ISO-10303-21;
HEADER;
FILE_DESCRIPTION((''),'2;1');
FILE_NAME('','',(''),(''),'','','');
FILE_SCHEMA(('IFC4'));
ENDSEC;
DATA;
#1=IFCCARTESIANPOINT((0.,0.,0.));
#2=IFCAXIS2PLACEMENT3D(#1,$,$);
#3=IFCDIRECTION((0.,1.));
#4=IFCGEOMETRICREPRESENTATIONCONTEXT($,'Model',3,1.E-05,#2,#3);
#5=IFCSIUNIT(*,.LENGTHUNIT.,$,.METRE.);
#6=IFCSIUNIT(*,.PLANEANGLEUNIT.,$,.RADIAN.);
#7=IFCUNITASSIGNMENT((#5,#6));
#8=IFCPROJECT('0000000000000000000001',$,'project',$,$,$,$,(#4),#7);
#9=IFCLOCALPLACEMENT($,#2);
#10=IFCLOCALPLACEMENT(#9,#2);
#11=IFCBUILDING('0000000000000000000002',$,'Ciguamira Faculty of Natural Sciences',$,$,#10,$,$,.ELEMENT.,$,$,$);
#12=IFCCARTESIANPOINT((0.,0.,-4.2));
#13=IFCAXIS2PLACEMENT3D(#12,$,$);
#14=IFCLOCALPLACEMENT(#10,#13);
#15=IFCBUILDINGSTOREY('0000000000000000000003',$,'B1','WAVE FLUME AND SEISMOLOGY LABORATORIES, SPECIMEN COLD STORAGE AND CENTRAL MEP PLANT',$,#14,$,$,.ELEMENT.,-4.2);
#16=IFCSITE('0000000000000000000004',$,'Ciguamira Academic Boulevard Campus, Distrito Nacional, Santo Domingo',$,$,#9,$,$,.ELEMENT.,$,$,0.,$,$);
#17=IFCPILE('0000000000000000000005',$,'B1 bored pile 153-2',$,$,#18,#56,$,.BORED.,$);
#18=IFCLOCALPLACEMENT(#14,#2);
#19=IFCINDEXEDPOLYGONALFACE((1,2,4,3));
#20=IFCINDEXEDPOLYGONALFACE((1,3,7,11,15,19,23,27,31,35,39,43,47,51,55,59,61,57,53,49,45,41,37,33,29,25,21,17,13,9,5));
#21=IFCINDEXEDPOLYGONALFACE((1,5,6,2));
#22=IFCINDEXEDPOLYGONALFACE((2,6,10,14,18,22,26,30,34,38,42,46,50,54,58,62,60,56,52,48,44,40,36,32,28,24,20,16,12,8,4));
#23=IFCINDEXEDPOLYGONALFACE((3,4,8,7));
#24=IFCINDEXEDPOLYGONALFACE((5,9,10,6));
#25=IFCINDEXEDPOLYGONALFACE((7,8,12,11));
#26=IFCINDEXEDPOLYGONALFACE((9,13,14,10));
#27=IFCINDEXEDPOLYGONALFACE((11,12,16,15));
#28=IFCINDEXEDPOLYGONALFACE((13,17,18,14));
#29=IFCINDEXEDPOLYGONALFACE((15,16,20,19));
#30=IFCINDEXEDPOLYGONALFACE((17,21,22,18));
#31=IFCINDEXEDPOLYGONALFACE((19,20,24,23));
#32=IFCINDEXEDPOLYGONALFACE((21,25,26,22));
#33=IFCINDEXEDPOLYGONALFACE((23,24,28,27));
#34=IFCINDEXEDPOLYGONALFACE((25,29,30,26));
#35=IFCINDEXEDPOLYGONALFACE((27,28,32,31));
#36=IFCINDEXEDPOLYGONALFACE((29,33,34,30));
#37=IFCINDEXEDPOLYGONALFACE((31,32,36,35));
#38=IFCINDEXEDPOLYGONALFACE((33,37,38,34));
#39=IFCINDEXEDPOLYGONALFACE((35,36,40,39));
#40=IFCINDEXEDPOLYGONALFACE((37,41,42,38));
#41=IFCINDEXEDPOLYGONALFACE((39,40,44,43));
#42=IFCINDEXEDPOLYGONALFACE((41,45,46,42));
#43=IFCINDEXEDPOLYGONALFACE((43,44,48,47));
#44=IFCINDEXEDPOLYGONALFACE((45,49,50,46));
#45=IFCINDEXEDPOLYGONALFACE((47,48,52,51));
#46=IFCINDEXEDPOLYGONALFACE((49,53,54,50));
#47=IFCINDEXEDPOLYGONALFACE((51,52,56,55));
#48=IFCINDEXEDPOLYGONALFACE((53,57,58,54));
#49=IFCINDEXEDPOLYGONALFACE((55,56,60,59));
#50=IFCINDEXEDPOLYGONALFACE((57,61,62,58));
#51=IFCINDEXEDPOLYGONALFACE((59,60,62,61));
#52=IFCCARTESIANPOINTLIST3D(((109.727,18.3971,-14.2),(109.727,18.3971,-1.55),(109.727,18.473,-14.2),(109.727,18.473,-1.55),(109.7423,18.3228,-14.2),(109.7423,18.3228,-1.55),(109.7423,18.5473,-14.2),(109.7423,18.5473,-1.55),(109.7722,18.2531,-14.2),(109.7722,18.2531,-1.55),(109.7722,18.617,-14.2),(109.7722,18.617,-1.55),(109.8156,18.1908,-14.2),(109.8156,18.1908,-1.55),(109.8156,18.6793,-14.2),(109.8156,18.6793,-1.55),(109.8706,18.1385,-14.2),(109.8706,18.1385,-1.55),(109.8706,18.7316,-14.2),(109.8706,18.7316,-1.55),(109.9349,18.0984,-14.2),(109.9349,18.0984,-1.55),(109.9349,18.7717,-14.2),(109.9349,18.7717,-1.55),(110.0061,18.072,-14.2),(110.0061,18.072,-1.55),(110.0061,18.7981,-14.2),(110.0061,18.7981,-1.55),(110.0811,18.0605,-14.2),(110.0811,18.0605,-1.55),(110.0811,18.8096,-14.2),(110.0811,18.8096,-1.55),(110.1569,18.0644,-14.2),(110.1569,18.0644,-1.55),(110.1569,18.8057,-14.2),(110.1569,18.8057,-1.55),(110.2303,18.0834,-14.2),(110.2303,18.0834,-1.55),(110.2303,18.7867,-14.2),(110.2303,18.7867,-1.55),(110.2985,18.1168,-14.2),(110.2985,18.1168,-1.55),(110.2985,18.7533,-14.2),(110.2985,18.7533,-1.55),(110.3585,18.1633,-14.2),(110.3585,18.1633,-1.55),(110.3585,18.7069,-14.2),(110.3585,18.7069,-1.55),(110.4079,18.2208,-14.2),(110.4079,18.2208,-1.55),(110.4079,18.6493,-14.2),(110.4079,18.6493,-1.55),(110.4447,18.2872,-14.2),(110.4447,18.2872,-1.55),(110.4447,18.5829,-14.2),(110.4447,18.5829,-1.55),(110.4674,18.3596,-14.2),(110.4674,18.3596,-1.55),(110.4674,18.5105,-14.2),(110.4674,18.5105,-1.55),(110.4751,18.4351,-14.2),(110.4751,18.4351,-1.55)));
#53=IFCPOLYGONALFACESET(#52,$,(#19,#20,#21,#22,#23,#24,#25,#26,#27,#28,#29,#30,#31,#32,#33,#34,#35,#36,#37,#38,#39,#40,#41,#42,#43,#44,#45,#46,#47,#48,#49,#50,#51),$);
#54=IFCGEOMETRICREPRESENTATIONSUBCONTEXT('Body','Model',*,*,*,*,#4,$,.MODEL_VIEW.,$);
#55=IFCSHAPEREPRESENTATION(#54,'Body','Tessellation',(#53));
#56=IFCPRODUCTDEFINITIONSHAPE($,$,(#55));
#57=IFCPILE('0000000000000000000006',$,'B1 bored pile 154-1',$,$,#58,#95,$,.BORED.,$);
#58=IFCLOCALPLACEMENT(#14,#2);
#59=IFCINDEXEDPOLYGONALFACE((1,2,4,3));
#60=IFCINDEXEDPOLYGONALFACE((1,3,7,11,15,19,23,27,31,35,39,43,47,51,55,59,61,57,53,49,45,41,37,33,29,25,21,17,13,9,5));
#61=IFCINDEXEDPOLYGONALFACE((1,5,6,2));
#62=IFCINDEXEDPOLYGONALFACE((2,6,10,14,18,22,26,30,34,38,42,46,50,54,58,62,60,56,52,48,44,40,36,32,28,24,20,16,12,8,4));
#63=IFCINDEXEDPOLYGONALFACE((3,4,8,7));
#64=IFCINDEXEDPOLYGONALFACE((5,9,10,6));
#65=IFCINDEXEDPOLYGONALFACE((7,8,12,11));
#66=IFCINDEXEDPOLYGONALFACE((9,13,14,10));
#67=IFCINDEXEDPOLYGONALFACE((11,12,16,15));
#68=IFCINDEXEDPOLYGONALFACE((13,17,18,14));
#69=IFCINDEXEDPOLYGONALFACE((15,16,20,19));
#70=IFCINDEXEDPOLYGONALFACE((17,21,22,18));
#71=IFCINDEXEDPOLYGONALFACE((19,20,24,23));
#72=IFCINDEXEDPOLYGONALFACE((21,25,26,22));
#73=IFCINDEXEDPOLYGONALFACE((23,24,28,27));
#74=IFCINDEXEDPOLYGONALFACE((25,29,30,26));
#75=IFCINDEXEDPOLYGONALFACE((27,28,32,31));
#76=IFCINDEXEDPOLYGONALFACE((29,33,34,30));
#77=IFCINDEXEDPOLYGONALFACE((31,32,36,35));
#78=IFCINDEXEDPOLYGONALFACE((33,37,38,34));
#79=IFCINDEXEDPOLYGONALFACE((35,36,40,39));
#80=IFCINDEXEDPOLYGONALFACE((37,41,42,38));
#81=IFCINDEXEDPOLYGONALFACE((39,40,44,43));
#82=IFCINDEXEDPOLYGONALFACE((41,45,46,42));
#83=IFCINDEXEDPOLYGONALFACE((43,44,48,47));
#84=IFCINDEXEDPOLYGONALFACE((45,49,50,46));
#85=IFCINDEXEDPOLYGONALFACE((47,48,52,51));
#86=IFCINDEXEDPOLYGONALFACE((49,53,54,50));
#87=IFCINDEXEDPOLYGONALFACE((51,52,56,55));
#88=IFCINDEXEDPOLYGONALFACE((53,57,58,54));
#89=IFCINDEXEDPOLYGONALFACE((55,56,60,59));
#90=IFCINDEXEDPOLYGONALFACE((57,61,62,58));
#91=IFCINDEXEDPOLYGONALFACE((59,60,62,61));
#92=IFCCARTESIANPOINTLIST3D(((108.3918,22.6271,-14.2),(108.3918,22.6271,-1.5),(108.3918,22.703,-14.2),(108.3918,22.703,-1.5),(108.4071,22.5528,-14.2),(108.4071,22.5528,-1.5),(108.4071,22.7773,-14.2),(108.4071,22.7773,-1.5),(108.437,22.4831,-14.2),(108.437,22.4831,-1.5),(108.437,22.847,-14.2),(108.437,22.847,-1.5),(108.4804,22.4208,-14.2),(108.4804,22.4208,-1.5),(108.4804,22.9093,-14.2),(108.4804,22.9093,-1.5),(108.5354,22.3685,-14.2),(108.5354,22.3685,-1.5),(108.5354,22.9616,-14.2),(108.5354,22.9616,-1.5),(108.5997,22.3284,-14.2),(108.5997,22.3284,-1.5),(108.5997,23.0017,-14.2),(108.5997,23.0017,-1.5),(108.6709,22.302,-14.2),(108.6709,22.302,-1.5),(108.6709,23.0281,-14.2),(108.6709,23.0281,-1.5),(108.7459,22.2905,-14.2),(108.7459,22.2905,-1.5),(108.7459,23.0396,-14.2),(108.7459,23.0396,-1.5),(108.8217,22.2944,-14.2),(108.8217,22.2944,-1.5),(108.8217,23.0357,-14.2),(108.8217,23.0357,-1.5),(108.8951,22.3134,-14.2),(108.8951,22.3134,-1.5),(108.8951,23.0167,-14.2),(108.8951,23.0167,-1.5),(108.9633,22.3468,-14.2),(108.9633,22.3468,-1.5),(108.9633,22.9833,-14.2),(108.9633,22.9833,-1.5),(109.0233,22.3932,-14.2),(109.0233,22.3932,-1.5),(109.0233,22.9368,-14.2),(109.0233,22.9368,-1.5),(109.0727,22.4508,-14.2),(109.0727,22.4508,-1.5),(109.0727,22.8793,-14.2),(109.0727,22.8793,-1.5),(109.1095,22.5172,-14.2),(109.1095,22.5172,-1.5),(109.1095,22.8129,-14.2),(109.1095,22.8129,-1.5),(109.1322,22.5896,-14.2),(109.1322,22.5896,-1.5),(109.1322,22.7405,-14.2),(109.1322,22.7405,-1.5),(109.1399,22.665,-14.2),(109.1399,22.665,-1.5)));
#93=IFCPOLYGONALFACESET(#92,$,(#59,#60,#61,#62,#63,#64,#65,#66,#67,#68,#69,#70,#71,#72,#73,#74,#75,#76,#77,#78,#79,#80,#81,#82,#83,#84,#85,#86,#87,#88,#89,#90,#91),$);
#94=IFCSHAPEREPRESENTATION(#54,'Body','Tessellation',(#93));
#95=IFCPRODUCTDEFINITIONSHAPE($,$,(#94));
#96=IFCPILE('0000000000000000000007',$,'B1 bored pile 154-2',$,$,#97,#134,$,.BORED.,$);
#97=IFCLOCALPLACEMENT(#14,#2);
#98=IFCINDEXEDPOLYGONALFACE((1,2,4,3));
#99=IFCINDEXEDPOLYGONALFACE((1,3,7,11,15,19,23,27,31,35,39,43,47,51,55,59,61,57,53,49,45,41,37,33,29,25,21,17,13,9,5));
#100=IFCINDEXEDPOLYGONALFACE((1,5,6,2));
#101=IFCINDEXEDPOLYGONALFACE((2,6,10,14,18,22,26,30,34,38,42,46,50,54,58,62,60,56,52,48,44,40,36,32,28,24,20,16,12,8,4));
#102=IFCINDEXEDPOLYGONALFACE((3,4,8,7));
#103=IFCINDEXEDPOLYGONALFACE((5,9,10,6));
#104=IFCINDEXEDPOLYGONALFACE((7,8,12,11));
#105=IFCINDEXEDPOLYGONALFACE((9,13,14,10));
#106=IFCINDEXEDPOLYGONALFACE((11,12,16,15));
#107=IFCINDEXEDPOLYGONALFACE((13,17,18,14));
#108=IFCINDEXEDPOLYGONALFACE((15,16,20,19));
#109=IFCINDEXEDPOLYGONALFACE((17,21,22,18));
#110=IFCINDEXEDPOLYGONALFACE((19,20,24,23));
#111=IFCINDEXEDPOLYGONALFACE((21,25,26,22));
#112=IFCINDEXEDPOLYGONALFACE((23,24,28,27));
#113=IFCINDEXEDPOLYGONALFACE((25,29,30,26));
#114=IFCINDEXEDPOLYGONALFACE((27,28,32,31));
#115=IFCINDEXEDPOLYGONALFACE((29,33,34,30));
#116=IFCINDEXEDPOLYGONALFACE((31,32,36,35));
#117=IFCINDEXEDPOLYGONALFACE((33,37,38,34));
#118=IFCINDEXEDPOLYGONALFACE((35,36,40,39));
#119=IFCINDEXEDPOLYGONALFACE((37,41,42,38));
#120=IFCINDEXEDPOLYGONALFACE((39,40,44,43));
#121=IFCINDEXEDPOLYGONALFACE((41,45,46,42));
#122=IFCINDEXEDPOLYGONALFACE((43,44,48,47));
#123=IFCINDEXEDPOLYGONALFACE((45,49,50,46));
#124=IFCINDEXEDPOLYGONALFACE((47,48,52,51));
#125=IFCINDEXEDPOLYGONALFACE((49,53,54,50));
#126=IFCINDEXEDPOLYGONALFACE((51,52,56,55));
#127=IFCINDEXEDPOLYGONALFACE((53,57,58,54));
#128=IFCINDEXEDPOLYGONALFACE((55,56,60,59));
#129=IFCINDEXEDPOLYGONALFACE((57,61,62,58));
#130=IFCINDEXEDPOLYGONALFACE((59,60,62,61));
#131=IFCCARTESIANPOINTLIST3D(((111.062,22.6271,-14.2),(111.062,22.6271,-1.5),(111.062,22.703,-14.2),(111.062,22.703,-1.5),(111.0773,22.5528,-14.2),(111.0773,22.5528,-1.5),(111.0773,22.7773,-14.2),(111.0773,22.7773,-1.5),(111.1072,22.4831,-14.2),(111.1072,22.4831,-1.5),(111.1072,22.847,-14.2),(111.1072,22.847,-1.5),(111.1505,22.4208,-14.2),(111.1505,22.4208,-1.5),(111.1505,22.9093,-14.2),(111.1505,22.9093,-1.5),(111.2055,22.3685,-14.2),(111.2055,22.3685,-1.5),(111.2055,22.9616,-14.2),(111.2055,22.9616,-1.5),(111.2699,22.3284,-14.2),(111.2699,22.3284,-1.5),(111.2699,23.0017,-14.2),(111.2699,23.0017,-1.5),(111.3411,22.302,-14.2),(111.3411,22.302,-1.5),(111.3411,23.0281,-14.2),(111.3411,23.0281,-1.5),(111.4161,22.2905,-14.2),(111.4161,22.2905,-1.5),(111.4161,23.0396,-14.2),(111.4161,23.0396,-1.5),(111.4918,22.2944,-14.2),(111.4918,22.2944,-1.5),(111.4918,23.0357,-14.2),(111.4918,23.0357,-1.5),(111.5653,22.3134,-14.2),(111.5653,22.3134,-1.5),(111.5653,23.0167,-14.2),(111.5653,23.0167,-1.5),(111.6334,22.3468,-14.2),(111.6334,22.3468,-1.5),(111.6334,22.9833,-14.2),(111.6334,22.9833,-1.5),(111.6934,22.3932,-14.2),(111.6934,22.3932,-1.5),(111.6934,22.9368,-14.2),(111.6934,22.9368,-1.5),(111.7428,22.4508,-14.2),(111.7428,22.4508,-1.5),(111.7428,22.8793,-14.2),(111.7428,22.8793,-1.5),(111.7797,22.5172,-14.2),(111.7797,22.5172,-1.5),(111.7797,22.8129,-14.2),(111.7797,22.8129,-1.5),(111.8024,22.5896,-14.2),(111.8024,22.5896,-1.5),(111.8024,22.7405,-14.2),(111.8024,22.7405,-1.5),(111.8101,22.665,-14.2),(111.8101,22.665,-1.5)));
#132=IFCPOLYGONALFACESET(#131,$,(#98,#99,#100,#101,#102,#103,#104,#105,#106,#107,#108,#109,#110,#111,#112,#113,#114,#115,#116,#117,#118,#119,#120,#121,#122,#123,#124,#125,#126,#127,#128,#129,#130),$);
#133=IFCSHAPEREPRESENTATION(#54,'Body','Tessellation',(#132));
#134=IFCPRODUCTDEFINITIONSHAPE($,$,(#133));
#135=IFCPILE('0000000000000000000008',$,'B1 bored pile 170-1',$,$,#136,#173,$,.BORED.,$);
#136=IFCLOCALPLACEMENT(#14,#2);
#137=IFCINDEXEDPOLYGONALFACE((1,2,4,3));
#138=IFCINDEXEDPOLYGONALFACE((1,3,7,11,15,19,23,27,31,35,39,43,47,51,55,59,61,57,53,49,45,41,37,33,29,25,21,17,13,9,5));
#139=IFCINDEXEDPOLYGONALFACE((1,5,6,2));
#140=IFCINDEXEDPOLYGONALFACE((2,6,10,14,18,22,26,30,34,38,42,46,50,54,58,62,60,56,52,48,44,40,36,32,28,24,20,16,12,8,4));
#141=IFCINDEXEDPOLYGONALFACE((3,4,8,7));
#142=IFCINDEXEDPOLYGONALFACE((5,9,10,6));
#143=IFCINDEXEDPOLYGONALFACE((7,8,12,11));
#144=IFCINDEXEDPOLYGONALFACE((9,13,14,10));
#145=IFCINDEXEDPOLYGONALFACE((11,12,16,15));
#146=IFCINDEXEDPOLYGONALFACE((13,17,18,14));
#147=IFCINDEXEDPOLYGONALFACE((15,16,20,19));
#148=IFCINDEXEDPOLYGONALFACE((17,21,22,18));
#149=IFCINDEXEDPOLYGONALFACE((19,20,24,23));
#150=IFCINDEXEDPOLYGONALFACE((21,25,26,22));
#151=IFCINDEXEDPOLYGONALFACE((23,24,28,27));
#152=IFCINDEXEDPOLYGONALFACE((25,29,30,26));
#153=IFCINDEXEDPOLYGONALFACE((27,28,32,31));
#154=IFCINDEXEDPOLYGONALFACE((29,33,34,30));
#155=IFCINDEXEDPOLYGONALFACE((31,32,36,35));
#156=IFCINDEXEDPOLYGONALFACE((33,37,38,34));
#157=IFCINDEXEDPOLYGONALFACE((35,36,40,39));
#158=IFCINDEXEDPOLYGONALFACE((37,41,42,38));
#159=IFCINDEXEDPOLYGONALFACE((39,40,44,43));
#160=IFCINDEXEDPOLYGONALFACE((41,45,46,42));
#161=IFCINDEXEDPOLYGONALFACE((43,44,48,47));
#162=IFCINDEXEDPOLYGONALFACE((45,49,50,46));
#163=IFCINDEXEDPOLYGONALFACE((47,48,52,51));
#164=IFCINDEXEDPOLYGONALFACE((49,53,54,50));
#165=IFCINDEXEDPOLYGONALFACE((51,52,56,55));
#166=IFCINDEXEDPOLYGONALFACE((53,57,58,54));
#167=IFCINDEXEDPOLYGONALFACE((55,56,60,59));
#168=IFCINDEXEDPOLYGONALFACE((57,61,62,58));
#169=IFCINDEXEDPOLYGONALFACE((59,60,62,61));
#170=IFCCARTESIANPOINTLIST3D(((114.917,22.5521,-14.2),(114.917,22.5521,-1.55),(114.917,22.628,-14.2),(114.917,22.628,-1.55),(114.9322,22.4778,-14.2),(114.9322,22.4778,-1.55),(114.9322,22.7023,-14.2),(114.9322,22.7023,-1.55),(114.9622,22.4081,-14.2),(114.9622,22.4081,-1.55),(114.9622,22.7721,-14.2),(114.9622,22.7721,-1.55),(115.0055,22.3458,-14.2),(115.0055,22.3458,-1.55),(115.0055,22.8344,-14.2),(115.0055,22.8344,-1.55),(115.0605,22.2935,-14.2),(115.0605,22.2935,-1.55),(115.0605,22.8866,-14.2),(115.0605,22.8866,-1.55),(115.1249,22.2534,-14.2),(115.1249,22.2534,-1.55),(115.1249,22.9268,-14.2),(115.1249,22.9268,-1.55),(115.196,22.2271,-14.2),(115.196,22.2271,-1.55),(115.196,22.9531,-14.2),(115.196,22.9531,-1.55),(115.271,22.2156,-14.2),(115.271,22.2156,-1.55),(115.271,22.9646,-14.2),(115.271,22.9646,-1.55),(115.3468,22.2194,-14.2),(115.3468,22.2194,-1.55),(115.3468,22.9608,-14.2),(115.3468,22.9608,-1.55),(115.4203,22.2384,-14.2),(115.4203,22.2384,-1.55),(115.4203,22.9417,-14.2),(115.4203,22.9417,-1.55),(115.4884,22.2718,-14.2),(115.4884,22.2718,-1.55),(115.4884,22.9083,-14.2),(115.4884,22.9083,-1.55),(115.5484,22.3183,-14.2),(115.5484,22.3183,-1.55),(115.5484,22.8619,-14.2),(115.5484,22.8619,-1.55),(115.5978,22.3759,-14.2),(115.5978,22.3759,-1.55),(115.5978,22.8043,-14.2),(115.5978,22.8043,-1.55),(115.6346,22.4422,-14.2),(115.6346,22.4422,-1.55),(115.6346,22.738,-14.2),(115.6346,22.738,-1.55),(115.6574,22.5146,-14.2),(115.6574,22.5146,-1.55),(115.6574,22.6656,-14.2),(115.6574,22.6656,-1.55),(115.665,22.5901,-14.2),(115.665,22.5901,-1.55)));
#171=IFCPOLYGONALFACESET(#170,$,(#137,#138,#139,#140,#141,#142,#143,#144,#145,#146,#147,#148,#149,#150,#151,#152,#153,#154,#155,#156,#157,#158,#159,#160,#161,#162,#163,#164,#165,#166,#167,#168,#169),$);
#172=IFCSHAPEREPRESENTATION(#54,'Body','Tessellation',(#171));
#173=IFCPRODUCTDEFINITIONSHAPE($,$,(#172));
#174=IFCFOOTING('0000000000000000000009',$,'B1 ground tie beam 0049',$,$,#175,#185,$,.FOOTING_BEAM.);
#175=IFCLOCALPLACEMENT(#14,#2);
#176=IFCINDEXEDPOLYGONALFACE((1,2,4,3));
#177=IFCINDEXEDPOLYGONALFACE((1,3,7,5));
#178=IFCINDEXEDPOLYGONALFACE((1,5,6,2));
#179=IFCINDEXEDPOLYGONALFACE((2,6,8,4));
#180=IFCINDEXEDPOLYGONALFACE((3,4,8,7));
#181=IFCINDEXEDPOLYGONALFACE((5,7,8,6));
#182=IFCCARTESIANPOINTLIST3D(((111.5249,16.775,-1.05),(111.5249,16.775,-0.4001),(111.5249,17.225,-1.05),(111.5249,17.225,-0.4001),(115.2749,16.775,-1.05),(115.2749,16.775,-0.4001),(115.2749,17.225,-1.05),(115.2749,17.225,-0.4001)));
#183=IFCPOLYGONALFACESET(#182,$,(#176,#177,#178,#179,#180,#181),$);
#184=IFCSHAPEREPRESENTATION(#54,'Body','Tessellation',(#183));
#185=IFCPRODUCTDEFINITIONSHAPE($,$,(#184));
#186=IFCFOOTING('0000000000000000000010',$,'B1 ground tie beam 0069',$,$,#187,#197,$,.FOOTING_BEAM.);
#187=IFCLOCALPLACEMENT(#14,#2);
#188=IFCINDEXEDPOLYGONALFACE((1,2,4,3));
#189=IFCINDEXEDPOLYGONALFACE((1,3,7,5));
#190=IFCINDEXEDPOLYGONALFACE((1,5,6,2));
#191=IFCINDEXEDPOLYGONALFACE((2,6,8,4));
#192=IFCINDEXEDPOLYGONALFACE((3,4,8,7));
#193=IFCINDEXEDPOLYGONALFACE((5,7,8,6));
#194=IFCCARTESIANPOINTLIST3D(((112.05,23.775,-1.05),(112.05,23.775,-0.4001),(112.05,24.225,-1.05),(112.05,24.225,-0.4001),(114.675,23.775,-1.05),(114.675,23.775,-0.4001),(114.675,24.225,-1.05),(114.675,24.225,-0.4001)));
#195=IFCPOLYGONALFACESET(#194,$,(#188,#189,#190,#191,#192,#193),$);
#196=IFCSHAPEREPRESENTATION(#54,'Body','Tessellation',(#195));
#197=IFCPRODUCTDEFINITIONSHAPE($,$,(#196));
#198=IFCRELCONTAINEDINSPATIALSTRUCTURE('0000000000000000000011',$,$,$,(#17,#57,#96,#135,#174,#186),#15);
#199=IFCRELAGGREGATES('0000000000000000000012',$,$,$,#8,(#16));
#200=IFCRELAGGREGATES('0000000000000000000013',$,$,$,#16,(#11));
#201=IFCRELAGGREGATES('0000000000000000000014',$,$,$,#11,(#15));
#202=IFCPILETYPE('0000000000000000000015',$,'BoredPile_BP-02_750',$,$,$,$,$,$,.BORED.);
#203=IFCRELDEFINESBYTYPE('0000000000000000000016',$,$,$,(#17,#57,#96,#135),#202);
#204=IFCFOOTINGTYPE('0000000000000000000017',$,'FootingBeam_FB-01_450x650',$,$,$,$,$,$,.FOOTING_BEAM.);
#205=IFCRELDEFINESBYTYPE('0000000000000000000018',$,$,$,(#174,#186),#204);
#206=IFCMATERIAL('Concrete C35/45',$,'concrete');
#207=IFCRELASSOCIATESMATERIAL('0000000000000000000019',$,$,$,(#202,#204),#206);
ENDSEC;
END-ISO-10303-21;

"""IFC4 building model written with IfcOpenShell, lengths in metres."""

from ifc_helpers import new_model, si_unit, direction, frame, origin, origin_2d, place, context, subcontext, project, spatial, rectangle, circle, extrude, material, material_profile, profile_set, type_object, element, save


model = new_model("IFC4")

# Units and contexts
model_context = context("Model", 3, precision=1e-05, world=origin(), true_north=direction((0.0, 1.0)))
body_context = subcontext(model_context, "Body", "Model", "MODEL_VIEW")
ifc_project = project(units=[si_unit("LENGTHUNIT", "METRE"), si_unit("PLANEANGLEUNIT", "RADIAN")], contexts=[model_context])

# Site, building, storey
site_placement = place(None, origin())
site = spatial("IfcSite", under=ifc_project, at=site_placement, Name="Ciguamira Academic Boulevard Campus, Distrito Nacional, Santo Domingo", CompositionType="ELEMENT", RefElevation=0.0)
building_placement = place(site_placement, origin())
building = spatial("IfcBuilding", under=site, at=building_placement, Name="Ciguamira Faculty of Natural Sciences", CompositionType="ELEMENT")
storey_placement = place(building_placement, frame((0.0, 0.0, -4.2)))
storey = spatial("IfcBuildingStorey", under=building, at=storey_placement, Name="B1", Description="WAVE FLUME AND SEISMOLOGY LABORATORIES, SPECIMEN COLD STORAGE AND CENTRAL MEP PLANT", CompositionType="ELEMENT", Elevation=-4.2)

# Piles
ifc_material_1 = material(Name="Concrete C35/45", Category="concrete")
ifc_material_profile_1 = material_profile(ifc_material_1, circle(Radius=0.375, at=origin_2d()), Name="PILE-BORED-750")
ifc_profile_set_1 = profile_set([ifc_material_profile_1], Name="Concrete C35/45")
pile_type = type_object("IfcPileType", Name="BoredPile_BP-02_750", PredefinedType="BORED", material=ifc_profile_set_1)
pile_1_placement = place(storey_placement, frame((110.1001, 18.4351, -1.55), z_axis=(0.0, 0.0, -1.0), x_axis=(1.0, 0.0, 0.0)))
element("IfcPile", 1, at=pile_1_placement, inside=storey, type_object=pile_type, Name="B1 bored pile 153-2", PredefinedType="BORED", context=body_context, shape_type="SweptSolid", body=[
    extrude(circle(Radius=0.375, at=origin_2d()), origin(), (0.0, 0.0, 1.0), 12.6499),
])
for number, where, z_axis, x_axis, name in (
    (2, (108.7649, 22.665, -1.5), (0.0, 0.0, -1.0), (1.0, 0.0, 0.0), "B1 bored pile 154-1"),
    (3, (111.4351, 22.665, -1.5), (0.0, 0.0, -1.0), (1.0, 0.0, 0.0), "B1 bored pile 154-2"),
):
    element("IfcPile", number, at=place(storey_placement, frame(where, z_axis=z_axis, x_axis=x_axis)), inside=storey, type_object=pile_type, Name=name, PredefinedType="BORED", context=body_context, shape_type="SweptSolid", body=[
        extrude(circle(Radius=0.375, at=origin_2d()), origin(), (0.0, 0.0, 1.0), 12.7),
    ])
pile_2_placement = place(storey_placement, frame((115.29, 22.5901, -1.55), z_axis=(0.0, 0.0, -1.0), x_axis=(1.0, 0.0, 0.0)))
element("IfcPile", 4, at=pile_2_placement, inside=storey, type_object=pile_type, Name="B1 bored pile 170-1", PredefinedType="BORED", context=body_context, shape_type="SweptSolid", body=[
    extrude(circle(Radius=0.375, at=origin_2d()), origin(), (0.0, 0.0, 1.0), 12.6499),
])

# Footings
ifc_material_profile_2 = material_profile(ifc_material_1, rectangle(XDim=0.45, YDim=0.6499, at=origin_2d()), Name="RC-FB-450X650")
ifc_profile_set_2 = profile_set([ifc_material_profile_2], Name="Concrete C35/45")
footing_type_1 = type_object("IfcFootingType", Name="FootingBeam_FB-01_450x650", PredefinedType="FOOTING_BEAM", material=ifc_profile_set_2)
footing_1_placement = place(storey_placement, frame((111.5249, 17.0, -0.7251), z_axis=(1.0, 0.0, 0.0), x_axis=(0.0, 1.0, 0.0)))
element("IfcFooting", 5, at=footing_1_placement, inside=storey, type_object=footing_type_1, Name="B1 ground tie beam 0049", PredefinedType="FOOTING_BEAM", context=body_context, shape_type="SweptSolid", body=[
    extrude(rectangle(XDim=0.45, YDim=0.6499, at=origin_2d()), origin(), (0.0, 0.0, 1.0), 3.75),
])
footing_2_placement = place(storey_placement, frame((112.05, 24.0, -0.7251), z_axis=(1.0, 0.0, 0.0), x_axis=(0.0, 1.0, 0.0)))
element("IfcFooting", 6, at=footing_2_placement, inside=storey, type_object=footing_type_1, Name="B1 ground tie beam 0069", PredefinedType="FOOTING_BEAM", context=body_context, shape_type="SweptSolid", body=[
    extrude(rectangle(XDim=0.45, YDim=0.6499, at=origin_2d()), origin(), (0.0, 0.0, 1.0), 2.625),
])

save(model, "model.ifc")
